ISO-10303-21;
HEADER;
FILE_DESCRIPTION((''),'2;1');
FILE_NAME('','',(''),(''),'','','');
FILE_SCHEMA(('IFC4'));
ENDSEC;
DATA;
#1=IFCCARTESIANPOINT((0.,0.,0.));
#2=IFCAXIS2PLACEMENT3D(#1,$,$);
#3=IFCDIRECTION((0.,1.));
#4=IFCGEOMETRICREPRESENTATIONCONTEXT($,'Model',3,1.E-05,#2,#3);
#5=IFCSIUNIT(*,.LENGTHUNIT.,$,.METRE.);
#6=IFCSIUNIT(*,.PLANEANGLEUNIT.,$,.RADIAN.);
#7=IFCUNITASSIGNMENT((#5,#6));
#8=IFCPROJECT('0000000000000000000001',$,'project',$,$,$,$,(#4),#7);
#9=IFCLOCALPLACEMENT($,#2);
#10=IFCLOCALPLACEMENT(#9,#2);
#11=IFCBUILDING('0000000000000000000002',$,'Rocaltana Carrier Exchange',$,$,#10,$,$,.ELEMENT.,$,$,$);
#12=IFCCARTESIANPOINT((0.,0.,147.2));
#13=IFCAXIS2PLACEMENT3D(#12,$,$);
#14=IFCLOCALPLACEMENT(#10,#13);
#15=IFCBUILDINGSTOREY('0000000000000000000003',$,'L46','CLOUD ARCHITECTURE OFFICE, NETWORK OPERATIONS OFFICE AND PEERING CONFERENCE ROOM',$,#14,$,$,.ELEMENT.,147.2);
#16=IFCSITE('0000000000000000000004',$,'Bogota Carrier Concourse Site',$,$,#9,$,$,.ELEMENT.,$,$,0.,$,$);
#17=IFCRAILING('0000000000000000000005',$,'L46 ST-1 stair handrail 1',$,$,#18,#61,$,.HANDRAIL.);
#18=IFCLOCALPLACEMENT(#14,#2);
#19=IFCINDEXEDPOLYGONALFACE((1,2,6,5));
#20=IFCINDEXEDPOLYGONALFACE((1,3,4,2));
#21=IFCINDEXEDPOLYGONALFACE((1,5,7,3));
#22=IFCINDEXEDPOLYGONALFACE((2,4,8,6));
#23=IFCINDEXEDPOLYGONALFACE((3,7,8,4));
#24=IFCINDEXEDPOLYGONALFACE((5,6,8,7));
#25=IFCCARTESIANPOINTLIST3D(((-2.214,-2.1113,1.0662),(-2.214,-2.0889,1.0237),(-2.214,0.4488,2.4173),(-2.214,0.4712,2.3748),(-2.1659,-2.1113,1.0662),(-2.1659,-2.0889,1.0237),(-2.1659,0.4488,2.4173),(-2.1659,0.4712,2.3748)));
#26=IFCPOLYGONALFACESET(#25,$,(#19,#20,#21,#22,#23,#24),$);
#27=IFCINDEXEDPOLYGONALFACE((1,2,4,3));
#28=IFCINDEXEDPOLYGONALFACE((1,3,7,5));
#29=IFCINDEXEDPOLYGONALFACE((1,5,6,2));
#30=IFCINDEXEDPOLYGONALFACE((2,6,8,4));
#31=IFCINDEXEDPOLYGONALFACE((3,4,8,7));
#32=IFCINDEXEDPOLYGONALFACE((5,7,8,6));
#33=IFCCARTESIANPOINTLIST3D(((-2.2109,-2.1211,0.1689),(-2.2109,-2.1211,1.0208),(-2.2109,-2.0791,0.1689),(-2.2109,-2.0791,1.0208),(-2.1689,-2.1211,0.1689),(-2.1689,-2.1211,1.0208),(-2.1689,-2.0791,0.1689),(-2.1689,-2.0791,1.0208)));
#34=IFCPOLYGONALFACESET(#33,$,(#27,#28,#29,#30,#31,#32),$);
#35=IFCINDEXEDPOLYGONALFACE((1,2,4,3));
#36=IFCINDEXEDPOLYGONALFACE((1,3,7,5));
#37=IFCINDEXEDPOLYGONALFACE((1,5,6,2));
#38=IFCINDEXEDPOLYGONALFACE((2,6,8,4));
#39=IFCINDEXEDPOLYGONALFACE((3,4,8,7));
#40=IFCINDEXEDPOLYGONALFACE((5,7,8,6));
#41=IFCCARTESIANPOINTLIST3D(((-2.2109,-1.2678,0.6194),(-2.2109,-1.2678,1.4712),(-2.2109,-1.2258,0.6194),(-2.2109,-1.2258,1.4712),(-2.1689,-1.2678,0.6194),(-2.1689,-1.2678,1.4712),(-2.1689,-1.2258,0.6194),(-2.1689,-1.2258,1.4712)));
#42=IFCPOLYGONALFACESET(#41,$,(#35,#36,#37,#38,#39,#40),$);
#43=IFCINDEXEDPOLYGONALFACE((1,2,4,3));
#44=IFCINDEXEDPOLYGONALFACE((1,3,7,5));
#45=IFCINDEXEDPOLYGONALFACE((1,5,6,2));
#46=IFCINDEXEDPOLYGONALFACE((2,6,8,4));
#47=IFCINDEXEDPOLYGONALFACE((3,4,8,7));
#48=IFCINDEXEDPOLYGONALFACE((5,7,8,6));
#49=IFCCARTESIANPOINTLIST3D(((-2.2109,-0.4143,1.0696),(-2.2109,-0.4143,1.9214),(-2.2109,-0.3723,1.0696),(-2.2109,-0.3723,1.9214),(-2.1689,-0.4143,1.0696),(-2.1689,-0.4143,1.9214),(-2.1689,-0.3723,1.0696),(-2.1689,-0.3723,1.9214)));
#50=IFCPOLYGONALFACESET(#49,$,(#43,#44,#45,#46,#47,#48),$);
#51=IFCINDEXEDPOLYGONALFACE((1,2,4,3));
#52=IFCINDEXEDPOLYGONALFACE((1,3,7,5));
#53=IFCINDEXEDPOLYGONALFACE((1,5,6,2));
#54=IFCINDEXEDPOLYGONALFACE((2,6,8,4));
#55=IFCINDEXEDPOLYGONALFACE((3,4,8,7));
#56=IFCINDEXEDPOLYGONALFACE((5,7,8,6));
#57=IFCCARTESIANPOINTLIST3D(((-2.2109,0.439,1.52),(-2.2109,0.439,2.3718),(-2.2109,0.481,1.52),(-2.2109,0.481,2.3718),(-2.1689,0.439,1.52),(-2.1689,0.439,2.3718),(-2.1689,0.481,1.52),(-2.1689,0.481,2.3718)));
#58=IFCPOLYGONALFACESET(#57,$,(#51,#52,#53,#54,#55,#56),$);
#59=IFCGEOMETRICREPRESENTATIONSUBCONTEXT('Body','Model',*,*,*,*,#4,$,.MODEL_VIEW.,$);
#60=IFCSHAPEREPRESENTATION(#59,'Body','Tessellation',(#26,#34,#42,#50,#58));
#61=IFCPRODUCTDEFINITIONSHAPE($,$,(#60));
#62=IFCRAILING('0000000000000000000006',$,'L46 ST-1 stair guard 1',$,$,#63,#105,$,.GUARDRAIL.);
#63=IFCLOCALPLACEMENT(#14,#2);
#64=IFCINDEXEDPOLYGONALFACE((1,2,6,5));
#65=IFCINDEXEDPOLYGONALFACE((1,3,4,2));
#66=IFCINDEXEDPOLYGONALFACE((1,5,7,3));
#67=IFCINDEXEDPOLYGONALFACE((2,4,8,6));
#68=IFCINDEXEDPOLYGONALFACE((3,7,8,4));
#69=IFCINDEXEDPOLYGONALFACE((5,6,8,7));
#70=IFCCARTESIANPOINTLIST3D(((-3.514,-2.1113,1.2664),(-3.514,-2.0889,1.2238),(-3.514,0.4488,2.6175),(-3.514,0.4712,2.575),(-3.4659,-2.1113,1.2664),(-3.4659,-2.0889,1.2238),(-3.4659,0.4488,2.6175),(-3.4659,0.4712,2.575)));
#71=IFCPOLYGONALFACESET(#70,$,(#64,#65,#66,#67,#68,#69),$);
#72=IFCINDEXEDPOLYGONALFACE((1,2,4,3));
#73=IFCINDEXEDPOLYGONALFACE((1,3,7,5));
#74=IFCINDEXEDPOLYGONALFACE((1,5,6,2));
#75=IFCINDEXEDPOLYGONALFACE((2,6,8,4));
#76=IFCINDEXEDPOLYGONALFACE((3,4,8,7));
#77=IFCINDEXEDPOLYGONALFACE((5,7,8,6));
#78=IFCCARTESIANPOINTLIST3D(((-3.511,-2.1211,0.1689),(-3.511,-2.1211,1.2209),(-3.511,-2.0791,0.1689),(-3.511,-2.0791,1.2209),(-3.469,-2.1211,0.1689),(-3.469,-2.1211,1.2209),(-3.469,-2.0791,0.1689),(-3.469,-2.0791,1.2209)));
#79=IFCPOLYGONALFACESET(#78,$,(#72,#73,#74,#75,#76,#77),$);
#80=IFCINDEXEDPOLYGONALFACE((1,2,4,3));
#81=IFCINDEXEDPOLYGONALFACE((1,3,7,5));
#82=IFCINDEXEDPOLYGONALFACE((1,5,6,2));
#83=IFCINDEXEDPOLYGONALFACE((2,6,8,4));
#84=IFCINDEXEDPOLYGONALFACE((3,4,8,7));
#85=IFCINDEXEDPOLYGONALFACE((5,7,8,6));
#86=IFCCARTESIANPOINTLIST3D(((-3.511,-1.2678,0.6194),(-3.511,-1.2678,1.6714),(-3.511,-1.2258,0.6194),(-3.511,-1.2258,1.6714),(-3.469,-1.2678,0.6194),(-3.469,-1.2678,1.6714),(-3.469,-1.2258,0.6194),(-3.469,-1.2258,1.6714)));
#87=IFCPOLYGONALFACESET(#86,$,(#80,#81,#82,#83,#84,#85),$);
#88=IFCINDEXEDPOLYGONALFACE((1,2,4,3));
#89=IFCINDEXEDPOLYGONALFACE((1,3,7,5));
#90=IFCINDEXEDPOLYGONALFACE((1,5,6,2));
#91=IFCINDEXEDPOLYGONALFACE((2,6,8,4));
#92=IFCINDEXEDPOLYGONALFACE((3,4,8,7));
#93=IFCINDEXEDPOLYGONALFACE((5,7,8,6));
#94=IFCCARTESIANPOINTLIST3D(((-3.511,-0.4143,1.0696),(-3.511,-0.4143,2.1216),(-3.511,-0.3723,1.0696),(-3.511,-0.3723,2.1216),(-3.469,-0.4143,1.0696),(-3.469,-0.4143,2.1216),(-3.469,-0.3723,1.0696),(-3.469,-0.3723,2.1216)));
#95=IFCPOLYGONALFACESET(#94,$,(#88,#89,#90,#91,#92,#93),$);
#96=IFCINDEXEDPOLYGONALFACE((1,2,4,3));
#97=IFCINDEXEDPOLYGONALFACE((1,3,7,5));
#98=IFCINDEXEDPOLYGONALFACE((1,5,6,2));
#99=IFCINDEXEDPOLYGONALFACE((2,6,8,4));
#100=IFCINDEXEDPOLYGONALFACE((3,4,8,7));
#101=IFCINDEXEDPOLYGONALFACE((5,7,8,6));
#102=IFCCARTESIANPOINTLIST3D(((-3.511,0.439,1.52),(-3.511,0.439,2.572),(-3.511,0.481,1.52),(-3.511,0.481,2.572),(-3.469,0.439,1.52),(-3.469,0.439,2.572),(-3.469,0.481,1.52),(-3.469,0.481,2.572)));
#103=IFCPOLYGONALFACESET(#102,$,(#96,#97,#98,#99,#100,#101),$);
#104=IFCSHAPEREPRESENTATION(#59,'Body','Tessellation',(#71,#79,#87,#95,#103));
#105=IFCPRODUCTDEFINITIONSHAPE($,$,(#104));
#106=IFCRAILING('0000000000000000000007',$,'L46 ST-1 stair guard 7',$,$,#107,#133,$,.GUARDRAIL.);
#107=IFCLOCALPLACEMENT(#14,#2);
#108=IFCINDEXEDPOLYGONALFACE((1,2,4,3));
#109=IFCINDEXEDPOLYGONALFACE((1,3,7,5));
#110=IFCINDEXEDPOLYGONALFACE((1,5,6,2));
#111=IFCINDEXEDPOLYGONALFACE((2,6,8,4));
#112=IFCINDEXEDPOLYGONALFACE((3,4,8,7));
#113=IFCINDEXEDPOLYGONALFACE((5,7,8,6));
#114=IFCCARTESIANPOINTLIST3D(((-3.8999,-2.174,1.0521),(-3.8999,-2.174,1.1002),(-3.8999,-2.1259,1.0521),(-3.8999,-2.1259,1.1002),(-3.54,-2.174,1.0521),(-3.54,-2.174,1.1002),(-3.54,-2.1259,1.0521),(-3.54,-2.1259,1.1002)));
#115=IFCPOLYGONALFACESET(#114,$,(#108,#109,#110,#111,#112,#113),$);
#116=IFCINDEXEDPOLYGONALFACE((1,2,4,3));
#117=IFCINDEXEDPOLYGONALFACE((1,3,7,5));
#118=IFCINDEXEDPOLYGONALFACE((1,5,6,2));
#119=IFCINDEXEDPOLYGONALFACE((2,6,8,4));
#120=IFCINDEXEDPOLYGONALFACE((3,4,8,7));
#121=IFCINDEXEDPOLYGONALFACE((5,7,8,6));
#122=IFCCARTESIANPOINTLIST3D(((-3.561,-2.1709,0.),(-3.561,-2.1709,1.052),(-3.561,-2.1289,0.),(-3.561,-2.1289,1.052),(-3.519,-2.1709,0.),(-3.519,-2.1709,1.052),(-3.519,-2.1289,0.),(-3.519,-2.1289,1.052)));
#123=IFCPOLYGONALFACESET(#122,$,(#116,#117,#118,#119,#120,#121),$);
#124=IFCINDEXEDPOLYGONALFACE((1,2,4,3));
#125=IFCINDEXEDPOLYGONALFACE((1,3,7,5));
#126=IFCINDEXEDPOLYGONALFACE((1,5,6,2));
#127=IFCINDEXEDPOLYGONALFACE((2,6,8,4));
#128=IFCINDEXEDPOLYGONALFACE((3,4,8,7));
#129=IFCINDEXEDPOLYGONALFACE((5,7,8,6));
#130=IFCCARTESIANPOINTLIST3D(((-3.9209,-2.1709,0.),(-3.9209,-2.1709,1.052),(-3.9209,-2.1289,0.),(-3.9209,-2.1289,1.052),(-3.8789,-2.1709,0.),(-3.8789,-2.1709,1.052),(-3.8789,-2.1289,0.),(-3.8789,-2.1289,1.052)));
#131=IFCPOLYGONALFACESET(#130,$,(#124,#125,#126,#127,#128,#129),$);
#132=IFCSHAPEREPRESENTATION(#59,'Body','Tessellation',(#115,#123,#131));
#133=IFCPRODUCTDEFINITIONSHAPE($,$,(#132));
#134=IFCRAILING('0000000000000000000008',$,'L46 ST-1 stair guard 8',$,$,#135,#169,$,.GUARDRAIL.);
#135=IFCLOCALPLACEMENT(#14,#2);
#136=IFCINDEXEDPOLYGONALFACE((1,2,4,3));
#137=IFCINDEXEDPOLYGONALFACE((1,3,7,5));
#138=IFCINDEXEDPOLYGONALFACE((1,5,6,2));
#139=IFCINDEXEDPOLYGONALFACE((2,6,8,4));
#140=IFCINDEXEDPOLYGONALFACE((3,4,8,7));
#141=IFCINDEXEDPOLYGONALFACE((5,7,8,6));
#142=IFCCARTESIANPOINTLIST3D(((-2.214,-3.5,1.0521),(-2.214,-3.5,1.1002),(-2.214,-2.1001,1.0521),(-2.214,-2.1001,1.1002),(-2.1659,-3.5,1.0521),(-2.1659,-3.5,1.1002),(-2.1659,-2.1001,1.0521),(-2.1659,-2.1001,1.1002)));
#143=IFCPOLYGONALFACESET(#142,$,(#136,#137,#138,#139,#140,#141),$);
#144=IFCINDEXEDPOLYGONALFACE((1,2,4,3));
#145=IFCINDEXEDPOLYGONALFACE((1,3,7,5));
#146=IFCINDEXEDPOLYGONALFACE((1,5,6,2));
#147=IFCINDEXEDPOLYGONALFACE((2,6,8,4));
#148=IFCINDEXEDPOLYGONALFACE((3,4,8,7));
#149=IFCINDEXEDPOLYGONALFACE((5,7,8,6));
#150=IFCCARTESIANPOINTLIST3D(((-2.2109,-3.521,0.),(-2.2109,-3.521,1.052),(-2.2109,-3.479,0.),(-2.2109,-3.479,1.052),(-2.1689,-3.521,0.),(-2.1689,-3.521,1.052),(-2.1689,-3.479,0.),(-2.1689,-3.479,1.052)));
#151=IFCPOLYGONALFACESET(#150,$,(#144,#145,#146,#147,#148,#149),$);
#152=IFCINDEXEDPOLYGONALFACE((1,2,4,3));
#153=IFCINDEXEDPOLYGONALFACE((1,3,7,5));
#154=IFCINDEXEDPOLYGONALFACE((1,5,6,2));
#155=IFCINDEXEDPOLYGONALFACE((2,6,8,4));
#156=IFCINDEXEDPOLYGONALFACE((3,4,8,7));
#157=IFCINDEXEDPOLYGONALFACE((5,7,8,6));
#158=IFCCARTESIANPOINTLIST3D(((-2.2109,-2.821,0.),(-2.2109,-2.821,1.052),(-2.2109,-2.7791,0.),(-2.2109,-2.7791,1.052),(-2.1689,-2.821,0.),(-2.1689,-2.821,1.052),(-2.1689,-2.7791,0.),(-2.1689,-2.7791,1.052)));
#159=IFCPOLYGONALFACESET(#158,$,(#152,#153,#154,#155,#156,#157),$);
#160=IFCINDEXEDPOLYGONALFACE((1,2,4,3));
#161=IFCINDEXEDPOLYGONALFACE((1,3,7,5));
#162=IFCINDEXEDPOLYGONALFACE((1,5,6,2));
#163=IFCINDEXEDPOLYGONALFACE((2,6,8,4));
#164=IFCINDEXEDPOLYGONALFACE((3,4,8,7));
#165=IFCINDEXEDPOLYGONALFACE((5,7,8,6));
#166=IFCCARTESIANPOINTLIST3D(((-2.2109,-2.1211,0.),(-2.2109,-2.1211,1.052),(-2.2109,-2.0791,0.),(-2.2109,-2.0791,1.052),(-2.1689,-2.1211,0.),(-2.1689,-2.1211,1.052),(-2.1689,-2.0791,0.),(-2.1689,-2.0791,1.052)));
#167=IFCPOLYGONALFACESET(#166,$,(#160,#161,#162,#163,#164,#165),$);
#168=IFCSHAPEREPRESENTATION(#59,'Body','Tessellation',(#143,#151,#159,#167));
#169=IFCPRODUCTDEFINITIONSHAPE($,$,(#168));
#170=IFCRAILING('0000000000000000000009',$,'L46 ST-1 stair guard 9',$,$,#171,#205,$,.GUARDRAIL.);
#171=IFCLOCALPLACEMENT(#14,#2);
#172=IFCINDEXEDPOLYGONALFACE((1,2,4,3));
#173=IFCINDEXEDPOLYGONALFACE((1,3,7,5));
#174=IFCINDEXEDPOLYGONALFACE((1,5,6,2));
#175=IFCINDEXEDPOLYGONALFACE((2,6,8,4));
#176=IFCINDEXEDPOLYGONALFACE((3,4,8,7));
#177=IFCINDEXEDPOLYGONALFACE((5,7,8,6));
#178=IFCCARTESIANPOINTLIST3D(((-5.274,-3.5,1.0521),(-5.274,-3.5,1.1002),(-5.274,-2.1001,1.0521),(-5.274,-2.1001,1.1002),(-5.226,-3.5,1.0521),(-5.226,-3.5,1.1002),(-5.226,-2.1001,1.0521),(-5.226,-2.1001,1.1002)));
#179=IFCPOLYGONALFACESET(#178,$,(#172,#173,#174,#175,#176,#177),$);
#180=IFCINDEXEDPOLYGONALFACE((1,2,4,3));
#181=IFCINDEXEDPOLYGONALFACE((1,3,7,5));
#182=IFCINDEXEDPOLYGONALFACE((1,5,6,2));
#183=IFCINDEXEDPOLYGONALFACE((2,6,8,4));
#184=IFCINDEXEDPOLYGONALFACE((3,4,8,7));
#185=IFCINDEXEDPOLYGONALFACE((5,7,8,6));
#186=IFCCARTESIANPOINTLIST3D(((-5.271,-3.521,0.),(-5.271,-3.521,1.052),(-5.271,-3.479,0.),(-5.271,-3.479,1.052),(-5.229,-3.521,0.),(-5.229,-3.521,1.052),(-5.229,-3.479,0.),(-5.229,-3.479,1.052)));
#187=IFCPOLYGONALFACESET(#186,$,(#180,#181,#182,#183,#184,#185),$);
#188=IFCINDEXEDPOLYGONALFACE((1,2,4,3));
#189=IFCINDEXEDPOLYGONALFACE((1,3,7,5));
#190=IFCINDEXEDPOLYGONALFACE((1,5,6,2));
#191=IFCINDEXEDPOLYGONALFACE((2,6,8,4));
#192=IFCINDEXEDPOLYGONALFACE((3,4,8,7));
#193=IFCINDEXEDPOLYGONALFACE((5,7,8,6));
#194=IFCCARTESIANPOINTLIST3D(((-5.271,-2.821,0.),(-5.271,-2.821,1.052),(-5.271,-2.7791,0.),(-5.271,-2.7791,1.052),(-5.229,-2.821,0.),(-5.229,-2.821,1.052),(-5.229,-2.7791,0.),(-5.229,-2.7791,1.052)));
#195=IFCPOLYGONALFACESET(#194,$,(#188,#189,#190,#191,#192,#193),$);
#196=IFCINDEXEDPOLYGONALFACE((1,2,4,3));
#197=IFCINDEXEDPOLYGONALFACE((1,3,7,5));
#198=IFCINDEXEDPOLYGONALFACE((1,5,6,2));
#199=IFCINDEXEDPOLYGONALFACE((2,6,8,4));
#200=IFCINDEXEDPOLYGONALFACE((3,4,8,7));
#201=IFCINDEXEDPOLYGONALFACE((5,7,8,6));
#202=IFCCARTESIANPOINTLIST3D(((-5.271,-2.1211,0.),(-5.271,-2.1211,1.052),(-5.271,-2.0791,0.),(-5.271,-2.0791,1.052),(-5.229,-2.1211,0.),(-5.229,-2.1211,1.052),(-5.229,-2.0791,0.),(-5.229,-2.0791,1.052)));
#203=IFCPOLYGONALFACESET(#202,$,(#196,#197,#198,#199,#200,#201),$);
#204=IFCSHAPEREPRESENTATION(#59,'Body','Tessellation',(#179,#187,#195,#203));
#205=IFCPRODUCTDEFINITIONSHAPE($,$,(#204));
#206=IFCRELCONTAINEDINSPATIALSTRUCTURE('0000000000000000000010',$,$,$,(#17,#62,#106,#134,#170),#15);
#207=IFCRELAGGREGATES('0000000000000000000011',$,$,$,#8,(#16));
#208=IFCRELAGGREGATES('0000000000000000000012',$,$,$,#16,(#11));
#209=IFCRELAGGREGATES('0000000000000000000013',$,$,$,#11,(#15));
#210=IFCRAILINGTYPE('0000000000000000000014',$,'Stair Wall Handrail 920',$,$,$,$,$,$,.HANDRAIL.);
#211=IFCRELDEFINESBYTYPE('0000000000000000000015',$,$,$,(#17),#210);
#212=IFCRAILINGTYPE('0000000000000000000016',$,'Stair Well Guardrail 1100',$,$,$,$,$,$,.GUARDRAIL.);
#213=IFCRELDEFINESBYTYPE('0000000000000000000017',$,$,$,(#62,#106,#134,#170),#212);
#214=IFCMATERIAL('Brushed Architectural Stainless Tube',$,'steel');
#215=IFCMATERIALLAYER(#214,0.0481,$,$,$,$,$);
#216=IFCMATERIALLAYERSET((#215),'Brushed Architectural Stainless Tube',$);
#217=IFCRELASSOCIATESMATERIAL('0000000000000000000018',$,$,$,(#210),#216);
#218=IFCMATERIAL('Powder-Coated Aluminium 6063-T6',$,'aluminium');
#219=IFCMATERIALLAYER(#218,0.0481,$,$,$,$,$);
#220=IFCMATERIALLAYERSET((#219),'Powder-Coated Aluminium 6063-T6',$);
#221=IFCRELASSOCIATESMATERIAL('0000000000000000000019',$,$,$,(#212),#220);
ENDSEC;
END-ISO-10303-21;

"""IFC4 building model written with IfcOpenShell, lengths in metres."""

from ifc_helpers import new_model, si_unit, direction, frame, origin, origin_2d, place, context, subcontext, project, spatial, rectangle, extrude, material, layer, layer_set, type_object, element, save


model = new_model("IFC4")

# Units and contexts
model_context = context("Model", 3, precision=1e-05, world=origin(), true_north=direction((0.0, 1.0)))
body_context = subcontext(model_context, "Body", "Model", "MODEL_VIEW")
ifc_project = project(units=[si_unit("LENGTHUNIT", "METRE"), si_unit("PLANEANGLEUNIT", "RADIAN")], contexts=[model_context])

# Site, building, storey
site_placement = place(None, origin())
site = spatial("IfcSite", under=ifc_project, at=site_placement, Name="Bogota Carrier Concourse Site", CompositionType="ELEMENT", RefElevation=0.0)
building_placement = place(site_placement, origin())
building = spatial("IfcBuilding", under=site, at=building_placement, Name="Rocaltana Carrier Exchange", CompositionType="ELEMENT")
storey_placement = place(building_placement, frame((0.0, 0.0, 147.2)))
storey = spatial("IfcBuildingStorey", under=building, at=storey_placement, Name="L46", Description="CLOUD ARCHITECTURE OFFICE, NETWORK OPERATIONS OFFICE AND PEERING CONFERENCE ROOM", CompositionType="ELEMENT", Elevation=147.2)

# Railings
ifc_material_1 = material(Name="Brushed Architectural Stainless Tube", Category="steel")
ifc_layer_1 = layer(ifc_material_1, 0.0481)
ifc_layer_set_1 = layer_set([ifc_layer_1], Name="Brushed Architectural Stainless Tube")
railing_type_1 = type_object("IfcRailingType", Name="Stair Wall Handrail 920", PredefinedType="HANDRAIL", material=ifc_layer_set_1)
railing_1_placement = place(storey_placement, frame((-2.1899, -2.1001, 0.1689)))
element("IfcRailing", 1, at=railing_1_placement, inside=storey, type_object=railing_type_1, Name="L46 ST-1 stair handrail 1", PredefinedType="HANDRAIL", context=body_context, shape_type="SweptSolid", body=[
    extrude(rectangle(XDim=0.0481, YDim=0.0481, at=origin_2d()), frame((0.0, 0.0, 0.876), z_axis=(0.0, 0.884394, 0.46674), x_axis=(-1.0, 0.0, 0.0)), (0.0, 0.0, 1.0), 2.8948),
    extrude(rectangle(XDim=0.042, YDim=0.042, at=origin_2d()), origin(), (0.0, 0.0, 1.0), 0.8518),
    extrude(rectangle(XDim=0.042, YDim=0.042, at=origin_2d()), frame((0.0, 0.8533, 0.4504)), (0.0, 0.0, 1.0), 0.8518),
    extrude(rectangle(XDim=0.042, YDim=0.042, at=origin_2d()), frame((0.0, 1.7068, 0.9006)), (0.0, 0.0, 1.0), 0.8518),
    extrude(rectangle(XDim=0.042, YDim=0.042, at=origin_2d()), frame((0.0, 2.5601, 1.3511)), (0.0, 0.0, 1.0), 0.8518),
])
ifc_material_2 = material(Name="Powder-Coated Aluminium 6063-T6", Category="aluminium")
ifc_layer_2 = layer(ifc_material_2, 0.0481)
ifc_layer_set_2 = layer_set([ifc_layer_2], Name="Powder-Coated Aluminium 6063-T6")
railing_type_2 = type_object("IfcRailingType", Name="Stair Well Guardrail 1100", PredefinedType="GUARDRAIL", material=ifc_layer_set_2)
railing_2_placement = place(storey_placement, frame((-3.49, -2.1001, 0.1689)))
element("IfcRailing", 2, at=railing_2_placement, inside=storey, type_object=railing_type_2, Name="L46 ST-1 stair guard 1", PredefinedType="GUARDRAIL", context=body_context, shape_type="SweptSolid", body=[
    extrude(rectangle(XDim=0.0481, YDim=0.0481, at=origin_2d()), frame((0.0, 0.0, 1.0762), z_axis=(0.0, 0.884394, 0.46674), x_axis=(-1.0, 0.0, 0.0)), (0.0, 0.0, 1.0), 2.8948),
    extrude(rectangle(XDim=0.042, YDim=0.042, at=origin_2d()), origin(), (0.0, 0.0, 1.0), 1.052),
    extrude(rectangle(XDim=0.042, YDim=0.042, at=origin_2d()), frame((0.0, 0.8533, 0.4504)), (0.0, 0.0, 1.0), 1.052),
    extrude(rectangle(XDim=0.042, YDim=0.042, at=origin_2d()), frame((0.0, 1.7068, 0.9006)), (0.0, 0.0, 1.0), 1.052),
    extrude(rectangle(XDim=0.042, YDim=0.042, at=origin_2d()), frame((0.0, 2.5601, 1.3511)), (0.0, 0.0, 1.0), 1.052),
])
railing_3_placement = place(storey_placement, frame((-3.54, -2.1499, 0.0)))
element("IfcRailing", 3, at=railing_3_placement, inside=storey, type_object=railing_type_2, Name="L46 ST-1 stair guard 7", PredefinedType="GUARDRAIL", context=body_context, shape_type="SweptSolid", body=[
    extrude(rectangle(XDim=0.0481, YDim=0.0481, at=origin_2d()), frame((0.0, 0.0, 1.0762), z_axis=(-1.0, 0.0, 0.0), x_axis=(0.0, -1.0, 0.0)), (0.0, 0.0, 1.0), 0.3599),
    extrude(rectangle(XDim=0.042, YDim=0.042, at=origin_2d()), origin(), (0.0, 0.0, 1.0), 1.052),
    extrude(rectangle(XDim=0.042, YDim=0.042, at=origin_2d()), frame((-0.3599, 0.0, 0.0)), (0.0, 0.0, 1.0), 1.052),
])
for number, where, name in (
    (4, (-2.1899, -3.5, 0.0), "L46 ST-1 stair guard 8"),
    (5, (-5.25, -3.5, 0.0), "L46 ST-1 stair guard 9"),
):
    element("IfcRailing", number, at=place(storey_placement, frame(where)), inside=storey, type_object=railing_type_2, Name=name, PredefinedType="GUARDRAIL", context=body_context, shape_type="SweptSolid", body=[
        extrude(rectangle(XDim=0.0481, YDim=0.0481, at=origin_2d()), frame((0.0, 0.0, 1.0762), z_axis=(0.0, 1.0, 0.0), x_axis=(-1.0, 0.0, 0.0)), (0.0, 0.0, 1.0), 1.3999),
        extrude(rectangle(XDim=0.042, YDim=0.042, at=origin_2d()), origin(), (0.0, 0.0, 1.0), 1.052),
        extrude(rectangle(XDim=0.042, YDim=0.042, at=origin_2d()), frame((0.0, 0.7, 0.0)), (0.0, 0.0, 1.0), 1.052),
        extrude(rectangle(XDim=0.042, YDim=0.042, at=origin_2d()), frame((0.0, 1.3999, 0.0)), (0.0, 0.0, 1.0), 1.052),
    ])

save(model, "model.ifc")
